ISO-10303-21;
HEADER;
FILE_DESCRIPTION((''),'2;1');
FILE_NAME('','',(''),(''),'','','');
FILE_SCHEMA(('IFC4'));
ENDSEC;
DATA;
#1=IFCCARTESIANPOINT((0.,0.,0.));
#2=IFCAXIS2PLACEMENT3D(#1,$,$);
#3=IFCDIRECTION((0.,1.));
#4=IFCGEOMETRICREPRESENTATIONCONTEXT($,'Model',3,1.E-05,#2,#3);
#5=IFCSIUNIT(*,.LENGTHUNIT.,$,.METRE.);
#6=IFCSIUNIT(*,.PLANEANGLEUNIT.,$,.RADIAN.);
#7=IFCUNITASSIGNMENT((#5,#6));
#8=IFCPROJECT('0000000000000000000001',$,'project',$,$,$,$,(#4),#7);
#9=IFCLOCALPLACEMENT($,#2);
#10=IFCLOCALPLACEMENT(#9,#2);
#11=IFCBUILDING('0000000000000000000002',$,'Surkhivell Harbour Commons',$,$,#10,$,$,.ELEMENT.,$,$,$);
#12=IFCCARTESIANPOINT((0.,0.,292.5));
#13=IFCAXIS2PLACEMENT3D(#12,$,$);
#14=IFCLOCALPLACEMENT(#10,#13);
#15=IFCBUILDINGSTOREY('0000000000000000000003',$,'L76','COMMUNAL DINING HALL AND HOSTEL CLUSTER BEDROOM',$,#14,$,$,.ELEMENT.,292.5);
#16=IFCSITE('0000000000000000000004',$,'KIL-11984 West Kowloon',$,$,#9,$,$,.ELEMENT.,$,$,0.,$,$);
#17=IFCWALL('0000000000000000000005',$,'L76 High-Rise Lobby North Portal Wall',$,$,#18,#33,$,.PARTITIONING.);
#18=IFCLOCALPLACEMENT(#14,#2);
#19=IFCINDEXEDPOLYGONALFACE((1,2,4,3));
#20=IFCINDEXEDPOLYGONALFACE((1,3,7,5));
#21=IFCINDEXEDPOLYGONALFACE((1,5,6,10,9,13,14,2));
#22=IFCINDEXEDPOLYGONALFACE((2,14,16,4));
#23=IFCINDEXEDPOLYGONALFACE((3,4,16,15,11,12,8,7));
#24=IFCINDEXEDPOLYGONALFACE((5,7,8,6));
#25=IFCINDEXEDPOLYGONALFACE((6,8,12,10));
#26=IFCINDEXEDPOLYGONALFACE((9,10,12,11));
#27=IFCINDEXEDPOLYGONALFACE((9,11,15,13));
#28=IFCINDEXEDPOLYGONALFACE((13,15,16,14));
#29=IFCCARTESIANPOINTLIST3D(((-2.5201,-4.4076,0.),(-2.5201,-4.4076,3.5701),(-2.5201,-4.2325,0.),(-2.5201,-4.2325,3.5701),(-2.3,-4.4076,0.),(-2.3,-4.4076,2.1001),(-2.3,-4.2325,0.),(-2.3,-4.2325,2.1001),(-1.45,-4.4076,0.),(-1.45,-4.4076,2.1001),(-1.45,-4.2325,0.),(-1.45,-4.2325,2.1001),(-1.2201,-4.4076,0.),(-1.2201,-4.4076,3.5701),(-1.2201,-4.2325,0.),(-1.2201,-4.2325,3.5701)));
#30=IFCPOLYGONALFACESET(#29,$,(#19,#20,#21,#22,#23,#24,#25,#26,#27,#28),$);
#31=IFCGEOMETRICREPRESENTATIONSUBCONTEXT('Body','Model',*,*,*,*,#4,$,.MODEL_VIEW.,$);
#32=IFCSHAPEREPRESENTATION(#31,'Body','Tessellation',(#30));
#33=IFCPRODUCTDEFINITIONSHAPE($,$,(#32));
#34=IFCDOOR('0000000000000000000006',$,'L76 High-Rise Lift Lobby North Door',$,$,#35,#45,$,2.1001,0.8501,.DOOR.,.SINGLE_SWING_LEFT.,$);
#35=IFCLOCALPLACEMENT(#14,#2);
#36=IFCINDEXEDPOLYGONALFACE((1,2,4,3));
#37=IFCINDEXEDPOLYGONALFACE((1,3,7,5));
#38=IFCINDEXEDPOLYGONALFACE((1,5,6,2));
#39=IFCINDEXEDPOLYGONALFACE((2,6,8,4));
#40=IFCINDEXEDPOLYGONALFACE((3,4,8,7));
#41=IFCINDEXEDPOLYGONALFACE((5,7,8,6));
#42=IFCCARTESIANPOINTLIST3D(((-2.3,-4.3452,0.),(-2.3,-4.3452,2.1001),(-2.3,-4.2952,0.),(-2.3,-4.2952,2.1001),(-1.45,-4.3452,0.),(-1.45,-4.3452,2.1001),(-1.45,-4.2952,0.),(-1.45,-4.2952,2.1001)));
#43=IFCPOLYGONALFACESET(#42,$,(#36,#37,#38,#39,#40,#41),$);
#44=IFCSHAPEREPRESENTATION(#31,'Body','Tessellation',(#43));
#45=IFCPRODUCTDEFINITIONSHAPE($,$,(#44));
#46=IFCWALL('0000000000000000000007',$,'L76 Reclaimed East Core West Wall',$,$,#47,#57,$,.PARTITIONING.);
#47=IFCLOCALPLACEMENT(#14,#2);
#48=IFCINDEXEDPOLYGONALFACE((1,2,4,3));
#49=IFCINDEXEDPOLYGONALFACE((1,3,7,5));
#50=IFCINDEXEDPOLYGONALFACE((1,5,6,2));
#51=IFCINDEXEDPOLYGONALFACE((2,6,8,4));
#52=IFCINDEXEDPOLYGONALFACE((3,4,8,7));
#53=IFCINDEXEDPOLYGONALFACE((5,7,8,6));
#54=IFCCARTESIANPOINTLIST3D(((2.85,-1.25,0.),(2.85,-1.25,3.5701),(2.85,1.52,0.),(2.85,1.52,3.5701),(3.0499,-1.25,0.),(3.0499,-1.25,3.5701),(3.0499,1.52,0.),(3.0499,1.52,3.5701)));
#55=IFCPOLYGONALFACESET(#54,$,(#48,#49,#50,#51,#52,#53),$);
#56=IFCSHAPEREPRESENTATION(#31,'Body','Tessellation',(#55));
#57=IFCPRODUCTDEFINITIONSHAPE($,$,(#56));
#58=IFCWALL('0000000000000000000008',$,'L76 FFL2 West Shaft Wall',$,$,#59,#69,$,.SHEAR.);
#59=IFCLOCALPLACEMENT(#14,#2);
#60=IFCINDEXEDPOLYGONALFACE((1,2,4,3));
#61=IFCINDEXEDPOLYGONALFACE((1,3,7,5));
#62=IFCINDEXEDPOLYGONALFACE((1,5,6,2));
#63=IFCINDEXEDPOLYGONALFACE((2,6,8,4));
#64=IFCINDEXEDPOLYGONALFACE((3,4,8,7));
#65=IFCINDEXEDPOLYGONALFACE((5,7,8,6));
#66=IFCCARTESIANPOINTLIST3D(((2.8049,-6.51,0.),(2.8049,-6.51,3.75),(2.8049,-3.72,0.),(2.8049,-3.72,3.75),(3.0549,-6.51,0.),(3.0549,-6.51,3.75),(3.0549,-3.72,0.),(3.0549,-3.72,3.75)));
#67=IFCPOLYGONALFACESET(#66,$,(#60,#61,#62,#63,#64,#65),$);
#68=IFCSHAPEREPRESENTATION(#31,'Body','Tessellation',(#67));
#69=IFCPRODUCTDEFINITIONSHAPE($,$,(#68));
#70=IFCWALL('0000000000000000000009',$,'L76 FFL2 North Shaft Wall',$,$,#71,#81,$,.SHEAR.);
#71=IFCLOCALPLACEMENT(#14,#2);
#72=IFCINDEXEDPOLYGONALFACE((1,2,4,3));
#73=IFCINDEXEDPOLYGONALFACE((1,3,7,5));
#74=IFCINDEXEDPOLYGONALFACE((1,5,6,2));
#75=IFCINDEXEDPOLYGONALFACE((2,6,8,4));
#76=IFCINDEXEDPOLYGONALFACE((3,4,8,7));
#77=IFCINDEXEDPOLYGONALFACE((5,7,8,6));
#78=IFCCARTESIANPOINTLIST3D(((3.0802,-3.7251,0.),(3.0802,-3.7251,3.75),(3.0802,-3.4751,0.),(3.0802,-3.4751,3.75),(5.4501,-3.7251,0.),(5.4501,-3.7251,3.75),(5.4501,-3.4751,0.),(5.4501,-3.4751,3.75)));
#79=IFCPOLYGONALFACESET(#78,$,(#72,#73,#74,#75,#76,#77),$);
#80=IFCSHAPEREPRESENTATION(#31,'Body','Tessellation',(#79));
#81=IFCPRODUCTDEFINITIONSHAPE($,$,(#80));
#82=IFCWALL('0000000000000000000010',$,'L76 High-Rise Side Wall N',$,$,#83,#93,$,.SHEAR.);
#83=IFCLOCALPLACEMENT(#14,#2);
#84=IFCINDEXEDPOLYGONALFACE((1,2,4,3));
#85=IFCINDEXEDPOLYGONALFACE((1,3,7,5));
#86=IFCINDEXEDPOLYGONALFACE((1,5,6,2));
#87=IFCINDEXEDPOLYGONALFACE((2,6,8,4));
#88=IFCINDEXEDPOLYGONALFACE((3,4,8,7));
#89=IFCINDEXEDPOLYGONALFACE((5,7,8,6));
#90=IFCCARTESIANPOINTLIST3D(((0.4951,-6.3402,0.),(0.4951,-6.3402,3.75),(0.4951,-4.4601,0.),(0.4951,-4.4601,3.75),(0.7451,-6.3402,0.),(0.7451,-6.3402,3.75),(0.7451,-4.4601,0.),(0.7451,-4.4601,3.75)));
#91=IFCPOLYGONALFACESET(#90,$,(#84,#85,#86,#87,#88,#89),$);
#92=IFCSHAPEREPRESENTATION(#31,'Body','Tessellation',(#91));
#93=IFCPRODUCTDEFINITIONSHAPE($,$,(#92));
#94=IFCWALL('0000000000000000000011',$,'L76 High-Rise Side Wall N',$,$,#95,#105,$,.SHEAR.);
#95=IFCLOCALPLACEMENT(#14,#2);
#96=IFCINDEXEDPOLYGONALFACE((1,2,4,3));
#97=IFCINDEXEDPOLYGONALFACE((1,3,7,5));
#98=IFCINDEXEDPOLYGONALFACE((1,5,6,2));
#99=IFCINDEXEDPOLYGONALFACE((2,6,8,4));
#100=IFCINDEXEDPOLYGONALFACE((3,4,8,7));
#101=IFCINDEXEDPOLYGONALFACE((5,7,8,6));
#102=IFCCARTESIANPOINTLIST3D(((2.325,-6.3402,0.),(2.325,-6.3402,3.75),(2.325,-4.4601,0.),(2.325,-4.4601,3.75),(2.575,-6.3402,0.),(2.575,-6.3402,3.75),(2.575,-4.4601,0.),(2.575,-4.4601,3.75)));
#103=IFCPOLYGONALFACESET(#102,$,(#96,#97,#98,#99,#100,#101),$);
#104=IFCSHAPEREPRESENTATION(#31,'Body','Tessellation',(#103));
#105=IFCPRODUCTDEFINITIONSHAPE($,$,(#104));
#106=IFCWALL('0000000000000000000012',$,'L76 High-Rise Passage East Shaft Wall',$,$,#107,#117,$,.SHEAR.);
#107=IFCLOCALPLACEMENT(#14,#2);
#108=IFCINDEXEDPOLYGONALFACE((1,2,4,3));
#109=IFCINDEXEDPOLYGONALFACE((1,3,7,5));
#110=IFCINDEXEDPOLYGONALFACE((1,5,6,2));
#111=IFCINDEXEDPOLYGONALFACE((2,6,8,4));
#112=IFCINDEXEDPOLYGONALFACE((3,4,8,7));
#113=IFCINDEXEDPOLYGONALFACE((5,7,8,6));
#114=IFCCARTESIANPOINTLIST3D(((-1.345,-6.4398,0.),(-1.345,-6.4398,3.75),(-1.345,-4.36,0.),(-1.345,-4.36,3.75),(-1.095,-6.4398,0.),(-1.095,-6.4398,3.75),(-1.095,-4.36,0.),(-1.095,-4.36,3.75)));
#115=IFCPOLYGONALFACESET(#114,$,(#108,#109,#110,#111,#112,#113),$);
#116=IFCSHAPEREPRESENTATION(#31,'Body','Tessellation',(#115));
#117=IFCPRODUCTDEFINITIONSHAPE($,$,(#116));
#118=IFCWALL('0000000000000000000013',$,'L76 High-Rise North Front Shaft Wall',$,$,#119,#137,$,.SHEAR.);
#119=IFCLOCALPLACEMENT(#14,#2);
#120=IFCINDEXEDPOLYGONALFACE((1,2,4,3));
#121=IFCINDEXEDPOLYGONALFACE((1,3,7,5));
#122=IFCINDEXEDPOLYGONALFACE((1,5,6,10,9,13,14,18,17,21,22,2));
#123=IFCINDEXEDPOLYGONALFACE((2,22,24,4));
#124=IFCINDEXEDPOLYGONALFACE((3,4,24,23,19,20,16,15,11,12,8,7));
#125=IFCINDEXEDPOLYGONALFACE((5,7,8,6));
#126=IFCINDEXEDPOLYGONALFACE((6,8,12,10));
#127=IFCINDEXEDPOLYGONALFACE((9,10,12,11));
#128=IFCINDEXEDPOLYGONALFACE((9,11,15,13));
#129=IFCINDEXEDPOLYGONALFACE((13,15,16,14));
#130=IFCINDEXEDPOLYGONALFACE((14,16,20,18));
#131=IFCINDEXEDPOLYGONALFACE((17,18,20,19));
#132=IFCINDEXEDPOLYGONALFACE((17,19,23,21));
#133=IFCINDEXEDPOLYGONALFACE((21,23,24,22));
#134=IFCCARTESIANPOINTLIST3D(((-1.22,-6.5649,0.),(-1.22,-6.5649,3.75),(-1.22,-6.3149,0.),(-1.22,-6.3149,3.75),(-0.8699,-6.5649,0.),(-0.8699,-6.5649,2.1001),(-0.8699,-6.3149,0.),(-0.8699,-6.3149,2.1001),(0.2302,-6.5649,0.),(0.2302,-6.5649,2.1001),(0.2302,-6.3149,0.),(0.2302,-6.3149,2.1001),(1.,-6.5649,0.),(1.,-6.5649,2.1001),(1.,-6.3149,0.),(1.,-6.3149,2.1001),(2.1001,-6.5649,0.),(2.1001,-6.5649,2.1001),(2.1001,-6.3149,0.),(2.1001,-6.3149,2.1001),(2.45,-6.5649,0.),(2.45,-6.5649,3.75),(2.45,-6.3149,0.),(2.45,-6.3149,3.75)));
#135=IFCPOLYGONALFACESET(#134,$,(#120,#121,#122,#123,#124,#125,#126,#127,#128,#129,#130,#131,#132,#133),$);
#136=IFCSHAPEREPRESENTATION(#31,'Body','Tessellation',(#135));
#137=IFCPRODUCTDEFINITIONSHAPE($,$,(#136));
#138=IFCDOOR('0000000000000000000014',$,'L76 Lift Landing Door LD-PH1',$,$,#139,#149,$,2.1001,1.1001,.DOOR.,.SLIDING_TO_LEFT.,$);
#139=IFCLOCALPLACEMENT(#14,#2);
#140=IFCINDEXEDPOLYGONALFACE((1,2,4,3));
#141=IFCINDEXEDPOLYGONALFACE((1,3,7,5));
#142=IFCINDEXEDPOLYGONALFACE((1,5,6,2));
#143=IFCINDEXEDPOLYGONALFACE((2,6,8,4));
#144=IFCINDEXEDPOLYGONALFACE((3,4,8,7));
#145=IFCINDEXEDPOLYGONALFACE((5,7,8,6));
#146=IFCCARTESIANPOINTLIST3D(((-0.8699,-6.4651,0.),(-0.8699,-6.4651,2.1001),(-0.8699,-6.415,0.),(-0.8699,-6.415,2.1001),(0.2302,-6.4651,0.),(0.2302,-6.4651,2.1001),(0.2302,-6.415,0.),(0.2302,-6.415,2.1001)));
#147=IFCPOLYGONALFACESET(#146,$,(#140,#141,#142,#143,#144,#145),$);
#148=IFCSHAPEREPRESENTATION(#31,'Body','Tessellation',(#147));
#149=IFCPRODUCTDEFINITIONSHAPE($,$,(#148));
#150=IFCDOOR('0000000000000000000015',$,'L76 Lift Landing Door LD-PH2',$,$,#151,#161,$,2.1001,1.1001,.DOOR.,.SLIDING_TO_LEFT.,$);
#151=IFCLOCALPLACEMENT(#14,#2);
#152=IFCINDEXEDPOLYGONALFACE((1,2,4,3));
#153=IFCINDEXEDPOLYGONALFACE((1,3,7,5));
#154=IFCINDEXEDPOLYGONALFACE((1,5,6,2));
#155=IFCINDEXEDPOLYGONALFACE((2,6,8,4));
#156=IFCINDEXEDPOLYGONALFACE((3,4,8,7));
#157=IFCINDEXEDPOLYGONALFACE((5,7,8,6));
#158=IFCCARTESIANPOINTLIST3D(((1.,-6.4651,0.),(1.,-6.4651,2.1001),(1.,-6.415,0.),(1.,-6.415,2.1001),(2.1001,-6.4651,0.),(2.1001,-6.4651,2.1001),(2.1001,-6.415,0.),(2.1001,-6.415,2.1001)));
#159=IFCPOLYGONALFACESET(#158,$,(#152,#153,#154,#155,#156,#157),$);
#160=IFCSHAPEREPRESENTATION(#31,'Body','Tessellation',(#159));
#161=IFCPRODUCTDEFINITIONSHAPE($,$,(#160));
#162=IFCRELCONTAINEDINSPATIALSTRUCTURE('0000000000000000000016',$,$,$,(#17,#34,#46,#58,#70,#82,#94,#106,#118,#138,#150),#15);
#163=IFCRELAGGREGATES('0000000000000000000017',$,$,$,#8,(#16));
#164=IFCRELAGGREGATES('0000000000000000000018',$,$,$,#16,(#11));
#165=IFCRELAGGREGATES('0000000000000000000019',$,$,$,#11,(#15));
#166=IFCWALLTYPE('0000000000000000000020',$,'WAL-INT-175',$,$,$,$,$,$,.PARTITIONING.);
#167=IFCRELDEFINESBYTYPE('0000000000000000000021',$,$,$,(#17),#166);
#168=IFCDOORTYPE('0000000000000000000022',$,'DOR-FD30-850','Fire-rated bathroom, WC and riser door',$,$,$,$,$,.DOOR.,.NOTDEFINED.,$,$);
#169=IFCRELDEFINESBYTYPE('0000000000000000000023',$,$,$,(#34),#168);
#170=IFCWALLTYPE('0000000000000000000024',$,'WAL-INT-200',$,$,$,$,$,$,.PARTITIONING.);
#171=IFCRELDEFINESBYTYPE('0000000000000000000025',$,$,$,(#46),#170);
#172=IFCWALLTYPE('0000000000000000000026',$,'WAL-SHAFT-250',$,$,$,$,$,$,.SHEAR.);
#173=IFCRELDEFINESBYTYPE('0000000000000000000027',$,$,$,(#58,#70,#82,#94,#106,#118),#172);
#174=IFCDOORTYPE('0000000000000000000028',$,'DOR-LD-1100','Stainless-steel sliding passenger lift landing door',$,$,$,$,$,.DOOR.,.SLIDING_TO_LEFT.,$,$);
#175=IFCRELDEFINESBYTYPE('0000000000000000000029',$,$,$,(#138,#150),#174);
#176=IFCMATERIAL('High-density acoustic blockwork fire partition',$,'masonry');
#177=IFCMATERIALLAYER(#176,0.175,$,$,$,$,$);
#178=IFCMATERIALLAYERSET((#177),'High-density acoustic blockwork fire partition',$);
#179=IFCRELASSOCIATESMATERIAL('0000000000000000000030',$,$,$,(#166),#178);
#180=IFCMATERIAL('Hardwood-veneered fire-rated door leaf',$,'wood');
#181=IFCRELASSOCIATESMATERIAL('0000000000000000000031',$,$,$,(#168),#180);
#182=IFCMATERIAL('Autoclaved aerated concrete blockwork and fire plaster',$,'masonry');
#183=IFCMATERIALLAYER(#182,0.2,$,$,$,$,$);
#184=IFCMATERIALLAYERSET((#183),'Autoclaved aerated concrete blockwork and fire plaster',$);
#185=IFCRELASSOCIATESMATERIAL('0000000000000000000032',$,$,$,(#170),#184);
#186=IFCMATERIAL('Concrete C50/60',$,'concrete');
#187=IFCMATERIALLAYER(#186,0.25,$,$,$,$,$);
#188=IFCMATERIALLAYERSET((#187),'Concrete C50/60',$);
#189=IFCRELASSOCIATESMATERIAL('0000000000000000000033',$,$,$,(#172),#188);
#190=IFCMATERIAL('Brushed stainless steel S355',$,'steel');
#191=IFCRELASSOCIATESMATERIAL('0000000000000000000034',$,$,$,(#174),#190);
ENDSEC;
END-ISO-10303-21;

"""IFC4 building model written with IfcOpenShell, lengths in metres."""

from ifc_helpers import new_model, si_unit, direction, frame, frame_2d, origin, place, context, subcontext, project, spatial, rectangle, extrude, material, layer, layer_set, type_object, element, fill, save


model = new_model("IFC4")

# Units and contexts
model_context = context("Model", 3, precision=1e-05, world=origin(), true_north=direction((0.0, 1.0)))
body_context = subcontext(model_context, "Body", "Model", "MODEL_VIEW")
ifc_project = project(units=[si_unit("LENGTHUNIT", "METRE"), si_unit("PLANEANGLEUNIT", "RADIAN")], contexts=[model_context])

# Site, building, storey
site_placement = place(None, origin())
site = spatial("IfcSite", under=ifc_project, at=site_placement, Name="KIL-11984 West Kowloon", CompositionType="ELEMENT", RefElevation=0.0)
building_placement = place(site_placement, origin())
building = spatial("IfcBuilding", under=site, at=building_placement, Name="Surkhivell Harbour Commons", CompositionType="ELEMENT")
storey_placement = place(building_placement, frame((0.0, 0.0, 292.5)))
storey = spatial("IfcBuildingStorey", under=building, at=storey_placement, Name="L76", Description="COMMUNAL DINING HALL AND HOSTEL CLUSTER BEDROOM", CompositionType="ELEMENT", Elevation=292.5)

# Wall, opening, door
ifc_material_1 = material(Name="High-density acoustic blockwork fire partition", Category="masonry")
ifc_layer_1 = layer(ifc_material_1, 0.175)
ifc_layer_set_1 = layer_set([ifc_layer_1], Name="High-density acoustic blockwork fire partition")
wall_type_1 = type_object("IfcWallType", Name="WAL-INT-175", PredefinedType="PARTITIONING", material=ifc_layer_set_1)
ifc_material_2 = material(Name="Hardwood-veneered fire-rated door leaf", Category="wood")
door_type_1 = type_object("IfcDoorType", Name="DOR-FD30-850", Description="Fire-rated bathroom, WC and riser door", OperationType="NOTDEFINED", PredefinedType="DOOR", material=ifc_material_2)
wall_1_placement = place(storey_placement, frame((-2.52, -4.3201, 0.0), z_axis=(0.0, 0.0, 1.0), x_axis=(1.0, 0.0, 0.0)))
wall_1 = element("IfcWall", 1, at=wall_1_placement, inside=storey, type_object=wall_type_1, Name="L76 High-Rise Lobby North Portal Wall", PredefinedType="PARTITIONING", context=body_context, shape_type="SweptSolid", body=[
    extrude(rectangle(XDim=1.3, YDim=0.175, at=frame_2d((0.6499, 0.0))), origin(), (0.0, 0.0, 1.0), 3.5701),
])
opening_1_placement = place(wall_1_placement, frame((0.22, 0.0, 0.0)))
opening_1 = element("IfcOpeningElement", 2, at=opening_1_placement, cuts=wall_1, PredefinedType="OPENING", context=body_context, shape_type="SweptSolid", body=[
    extrude(rectangle(XDim=0.8501, YDim=2.1001, at=frame_2d((0.425, 1.05))), frame((0.0, 0.0974, 0.0), z_axis=(0.0, -1.0, 0.0), x_axis=(1.0, 0.0, 0.0)), (0.0, 0.0, 1.0), 0.1951),
])
door_1_placement = place(opening_1_placement, origin())
door_1 = element("IfcDoor", 3, at=door_1_placement, inside=storey, type_object=door_type_1, Name="L76 High-Rise Lift Lobby North Door", OperationType="SINGLE_SWING_LEFT", OverallHeight=2.1001, OverallWidth=0.8501, PredefinedType="DOOR", context=body_context, shape_type="SweptSolid", body=[
    extrude(rectangle(XDim=0.8501, YDim=2.1001, at=frame_2d((0.425, 1.05))), frame((0.0, 0.0249, 0.0), z_axis=(0.0, -1.0, 0.0), x_axis=(1.0, 0.0, 0.0)), (0.0, 0.0, 1.0), 0.05),
])
fill(opening_1, door_1)

# Walls
ifc_material_3 = material(Name="Autoclaved aerated concrete blockwork and fire plaster", Category="masonry")
ifc_layer_2 = layer(ifc_material_3, 0.2)
ifc_layer_set_2 = layer_set([ifc_layer_2], Name="Autoclaved aerated concrete blockwork and fire plaster")
wall_type_2 = type_object("IfcWallType", Name="WAL-INT-200", PredefinedType="PARTITIONING", material=ifc_layer_set_2)
wall_2_placement = place(storey_placement, frame((2.95, -1.25, 0.0), z_axis=(0.0, 0.0, 1.0), x_axis=(0.0, 1.0, 0.0)))
element("IfcWall", 4, at=wall_2_placement, inside=storey, type_object=wall_type_2, Name="L76 Reclaimed East Core West Wall", PredefinedType="PARTITIONING", context=body_context, shape_type="SweptSolid", body=[
    extrude(rectangle(XDim=2.77, YDim=0.2, at=frame_2d((1.385, 0.0))), origin(), (0.0, 0.0, 1.0), 3.5701),
])
ifc_material_4 = material(Name="Concrete C50/60", Category="concrete")
ifc_layer_3 = layer(ifc_material_4, 0.25)
ifc_layer_set_3 = layer_set([ifc_layer_3], Name="Concrete C50/60")
wall_type_3 = type_object("IfcWallType", Name="WAL-SHAFT-250", PredefinedType="SHEAR", material=ifc_layer_set_3)
wall_3_placement = place(storey_placement, frame((2.9299, -6.51, 0.0), z_axis=(0.0, 0.0, 1.0), x_axis=(0.0, 1.0, 0.0)))
element("IfcWall", 5, at=wall_3_placement, inside=storey, type_object=wall_type_3, Name="L76 FFL2 West Shaft Wall", PredefinedType="SHEAR", context=body_context, shape_type="SweptSolid", body=[
    extrude(rectangle(XDim=2.79, YDim=0.25, at=frame_2d((1.395, 0.0))), origin(), (0.0, 0.0, 1.0), 3.75),
])
wall_4_placement = place(storey_placement, frame((3.0801, -3.6001, 0.0), z_axis=(0.0, 0.0, 1.0), x_axis=(1.0, 0.0, 0.0)))
element("IfcWall", 6, at=wall_4_placement, inside=storey, type_object=wall_type_3, Name="L76 FFL2 North Shaft Wall", PredefinedType="SHEAR", context=body_context, shape_type="SweptSolid", body=[
    extrude(rectangle(XDim=2.3699, YDim=0.25, at=frame_2d((1.1851, 0.0))), origin(), (0.0, 0.0, 1.0), 3.75),
])
for number, where, z_axis, x_axis, name in (
    (7, (0.6201, -6.3401, 0.0), (0.0, 0.0, 1.0), (0.0, 1.0, 0.0), "L76 High-Rise Side Wall N"),
    (8, (2.45, -6.3401, 0.0), (0.0, 0.0, 1.0), (0.0, 1.0, 0.0), "L76 High-Rise Side Wall N"),
):
    element("IfcWall", number, at=place(storey_placement, frame(where, z_axis=z_axis, x_axis=x_axis)), inside=storey, type_object=wall_type_3, Name=name, PredefinedType="SHEAR", context=body_context, shape_type="SweptSolid", body=[
        extrude(rectangle(XDim=1.8801, YDim=0.25, at=frame_2d((0.9399, 0.0))), origin(), (0.0, 0.0, 1.0), 3.75),
    ])
wall_5_placement = place(storey_placement, frame((-1.22, -6.4399, 0.0), z_axis=(0.0, 0.0, 1.0), x_axis=(0.0, 1.0, 0.0)))
element("IfcWall", 9, at=wall_5_placement, inside=storey, type_object=wall_type_3, Name="L76 High-Rise Passage East Shaft Wall", PredefinedType="SHEAR", context=body_context, shape_type="SweptSolid", body=[
    extrude(rectangle(XDim=2.0798, YDim=0.25, at=frame_2d((1.04, 0.0))), origin(), (0.0, 0.0, 1.0), 3.75),
])

# Wall, openings, doors
wall_6_placement = place(storey_placement, frame((-1.22, -6.4399, 0.0), z_axis=(0.0, 0.0, 1.0), x_axis=(1.0, 0.0, 0.0)))
wall_6 = element("IfcWall", 10, at=wall_6_placement, inside=storey, type_object=wall_type_3, Name="L76 High-Rise North Front Shaft Wall", PredefinedType="SHEAR", context=body_context, shape_type="SweptSolid", body=[
    extrude(rectangle(XDim=3.6699, YDim=0.25, at=frame_2d((1.835, 0.0))), origin(), (0.0, 0.0, 1.0), 3.75),
])
opening_2_placement = place(wall_6_placement, frame((0.3501, 0.0, 0.0)))
opening_2 = element("IfcOpeningElement", 11, at=opening_2_placement, cuts=wall_6, PredefinedType="OPENING", context=body_context, shape_type="SweptSolid", body=[
    extrude(rectangle(XDim=1.1001, YDim=2.1001, at=frame_2d((0.55, 1.05))), frame((0.0, 0.135, 0.0), z_axis=(0.0, -1.0, 0.0), x_axis=(1.0, 0.0, 0.0)), (0.0, 0.0, 1.0), 0.27),
])
opening_3_placement = place(wall_6_placement, frame((2.22, 0.0, 0.0)))
opening_3 = element("IfcOpeningElement", 12, at=opening_3_placement, cuts=wall_6, PredefinedType="OPENING", context=body_context, shape_type="SweptSolid", body=[
    extrude(rectangle(XDim=1.1001, YDim=2.1001, at=frame_2d((0.55, 1.05))), frame((0.0, 0.135, 0.0), z_axis=(0.0, -1.0, 0.0), x_axis=(1.0, 0.0, 0.0)), (0.0, 0.0, 1.0), 0.27),
])
ifc_material_5 = material(Name="Brushed stainless steel S355", Category="steel")
door_type_2 = type_object("IfcDoorType", Name="DOR-LD-1100", Description="Stainless-steel sliding passenger lift landing door", OperationType="SLIDING_TO_LEFT", PredefinedType="DOOR", material=ifc_material_5)
door_2_placement = place(opening_2_placement, origin())
door_2 = element("IfcDoor", 13, at=door_2_placement, inside=storey, type_object=door_type_2, Name="L76 Lift Landing Door LD-PH1", OperationType="SLIDING_TO_LEFT", OverallHeight=2.1001, OverallWidth=1.1001, PredefinedType="DOOR", context=body_context, shape_type="SweptSolid", body=[
    extrude(rectangle(XDim=1.1001, YDim=2.1001, at=frame_2d((0.55, 1.05))), frame((0.0, 0.0249, 0.0), z_axis=(0.0, -1.0, 0.0), x_axis=(1.0, 0.0, 0.0)), (0.0, 0.0, 1.0), 0.05),
])
fill(opening_2, door_2)
door_3_placement = place(opening_3_placement, origin())
door_3 = element("IfcDoor", 14, at=door_3_placement, inside=storey, type_object=door_type_2, Name="L76 Lift Landing Door LD-PH2", OperationType="SLIDING_TO_LEFT", OverallHeight=2.1001, OverallWidth=1.1001, PredefinedType="DOOR", context=body_context, shape_type="SweptSolid", body=[
    extrude(rectangle(XDim=1.1001, YDim=2.1001, at=frame_2d((0.55, 1.05))), frame((0.0, 0.0249, 0.0), z_axis=(0.0, -1.0, 0.0), x_axis=(1.0, 0.0, 0.0)), (0.0, 0.0, 1.0), 0.05),
])
fill(opening_3, door_3)

save(model, "model.ifc")
